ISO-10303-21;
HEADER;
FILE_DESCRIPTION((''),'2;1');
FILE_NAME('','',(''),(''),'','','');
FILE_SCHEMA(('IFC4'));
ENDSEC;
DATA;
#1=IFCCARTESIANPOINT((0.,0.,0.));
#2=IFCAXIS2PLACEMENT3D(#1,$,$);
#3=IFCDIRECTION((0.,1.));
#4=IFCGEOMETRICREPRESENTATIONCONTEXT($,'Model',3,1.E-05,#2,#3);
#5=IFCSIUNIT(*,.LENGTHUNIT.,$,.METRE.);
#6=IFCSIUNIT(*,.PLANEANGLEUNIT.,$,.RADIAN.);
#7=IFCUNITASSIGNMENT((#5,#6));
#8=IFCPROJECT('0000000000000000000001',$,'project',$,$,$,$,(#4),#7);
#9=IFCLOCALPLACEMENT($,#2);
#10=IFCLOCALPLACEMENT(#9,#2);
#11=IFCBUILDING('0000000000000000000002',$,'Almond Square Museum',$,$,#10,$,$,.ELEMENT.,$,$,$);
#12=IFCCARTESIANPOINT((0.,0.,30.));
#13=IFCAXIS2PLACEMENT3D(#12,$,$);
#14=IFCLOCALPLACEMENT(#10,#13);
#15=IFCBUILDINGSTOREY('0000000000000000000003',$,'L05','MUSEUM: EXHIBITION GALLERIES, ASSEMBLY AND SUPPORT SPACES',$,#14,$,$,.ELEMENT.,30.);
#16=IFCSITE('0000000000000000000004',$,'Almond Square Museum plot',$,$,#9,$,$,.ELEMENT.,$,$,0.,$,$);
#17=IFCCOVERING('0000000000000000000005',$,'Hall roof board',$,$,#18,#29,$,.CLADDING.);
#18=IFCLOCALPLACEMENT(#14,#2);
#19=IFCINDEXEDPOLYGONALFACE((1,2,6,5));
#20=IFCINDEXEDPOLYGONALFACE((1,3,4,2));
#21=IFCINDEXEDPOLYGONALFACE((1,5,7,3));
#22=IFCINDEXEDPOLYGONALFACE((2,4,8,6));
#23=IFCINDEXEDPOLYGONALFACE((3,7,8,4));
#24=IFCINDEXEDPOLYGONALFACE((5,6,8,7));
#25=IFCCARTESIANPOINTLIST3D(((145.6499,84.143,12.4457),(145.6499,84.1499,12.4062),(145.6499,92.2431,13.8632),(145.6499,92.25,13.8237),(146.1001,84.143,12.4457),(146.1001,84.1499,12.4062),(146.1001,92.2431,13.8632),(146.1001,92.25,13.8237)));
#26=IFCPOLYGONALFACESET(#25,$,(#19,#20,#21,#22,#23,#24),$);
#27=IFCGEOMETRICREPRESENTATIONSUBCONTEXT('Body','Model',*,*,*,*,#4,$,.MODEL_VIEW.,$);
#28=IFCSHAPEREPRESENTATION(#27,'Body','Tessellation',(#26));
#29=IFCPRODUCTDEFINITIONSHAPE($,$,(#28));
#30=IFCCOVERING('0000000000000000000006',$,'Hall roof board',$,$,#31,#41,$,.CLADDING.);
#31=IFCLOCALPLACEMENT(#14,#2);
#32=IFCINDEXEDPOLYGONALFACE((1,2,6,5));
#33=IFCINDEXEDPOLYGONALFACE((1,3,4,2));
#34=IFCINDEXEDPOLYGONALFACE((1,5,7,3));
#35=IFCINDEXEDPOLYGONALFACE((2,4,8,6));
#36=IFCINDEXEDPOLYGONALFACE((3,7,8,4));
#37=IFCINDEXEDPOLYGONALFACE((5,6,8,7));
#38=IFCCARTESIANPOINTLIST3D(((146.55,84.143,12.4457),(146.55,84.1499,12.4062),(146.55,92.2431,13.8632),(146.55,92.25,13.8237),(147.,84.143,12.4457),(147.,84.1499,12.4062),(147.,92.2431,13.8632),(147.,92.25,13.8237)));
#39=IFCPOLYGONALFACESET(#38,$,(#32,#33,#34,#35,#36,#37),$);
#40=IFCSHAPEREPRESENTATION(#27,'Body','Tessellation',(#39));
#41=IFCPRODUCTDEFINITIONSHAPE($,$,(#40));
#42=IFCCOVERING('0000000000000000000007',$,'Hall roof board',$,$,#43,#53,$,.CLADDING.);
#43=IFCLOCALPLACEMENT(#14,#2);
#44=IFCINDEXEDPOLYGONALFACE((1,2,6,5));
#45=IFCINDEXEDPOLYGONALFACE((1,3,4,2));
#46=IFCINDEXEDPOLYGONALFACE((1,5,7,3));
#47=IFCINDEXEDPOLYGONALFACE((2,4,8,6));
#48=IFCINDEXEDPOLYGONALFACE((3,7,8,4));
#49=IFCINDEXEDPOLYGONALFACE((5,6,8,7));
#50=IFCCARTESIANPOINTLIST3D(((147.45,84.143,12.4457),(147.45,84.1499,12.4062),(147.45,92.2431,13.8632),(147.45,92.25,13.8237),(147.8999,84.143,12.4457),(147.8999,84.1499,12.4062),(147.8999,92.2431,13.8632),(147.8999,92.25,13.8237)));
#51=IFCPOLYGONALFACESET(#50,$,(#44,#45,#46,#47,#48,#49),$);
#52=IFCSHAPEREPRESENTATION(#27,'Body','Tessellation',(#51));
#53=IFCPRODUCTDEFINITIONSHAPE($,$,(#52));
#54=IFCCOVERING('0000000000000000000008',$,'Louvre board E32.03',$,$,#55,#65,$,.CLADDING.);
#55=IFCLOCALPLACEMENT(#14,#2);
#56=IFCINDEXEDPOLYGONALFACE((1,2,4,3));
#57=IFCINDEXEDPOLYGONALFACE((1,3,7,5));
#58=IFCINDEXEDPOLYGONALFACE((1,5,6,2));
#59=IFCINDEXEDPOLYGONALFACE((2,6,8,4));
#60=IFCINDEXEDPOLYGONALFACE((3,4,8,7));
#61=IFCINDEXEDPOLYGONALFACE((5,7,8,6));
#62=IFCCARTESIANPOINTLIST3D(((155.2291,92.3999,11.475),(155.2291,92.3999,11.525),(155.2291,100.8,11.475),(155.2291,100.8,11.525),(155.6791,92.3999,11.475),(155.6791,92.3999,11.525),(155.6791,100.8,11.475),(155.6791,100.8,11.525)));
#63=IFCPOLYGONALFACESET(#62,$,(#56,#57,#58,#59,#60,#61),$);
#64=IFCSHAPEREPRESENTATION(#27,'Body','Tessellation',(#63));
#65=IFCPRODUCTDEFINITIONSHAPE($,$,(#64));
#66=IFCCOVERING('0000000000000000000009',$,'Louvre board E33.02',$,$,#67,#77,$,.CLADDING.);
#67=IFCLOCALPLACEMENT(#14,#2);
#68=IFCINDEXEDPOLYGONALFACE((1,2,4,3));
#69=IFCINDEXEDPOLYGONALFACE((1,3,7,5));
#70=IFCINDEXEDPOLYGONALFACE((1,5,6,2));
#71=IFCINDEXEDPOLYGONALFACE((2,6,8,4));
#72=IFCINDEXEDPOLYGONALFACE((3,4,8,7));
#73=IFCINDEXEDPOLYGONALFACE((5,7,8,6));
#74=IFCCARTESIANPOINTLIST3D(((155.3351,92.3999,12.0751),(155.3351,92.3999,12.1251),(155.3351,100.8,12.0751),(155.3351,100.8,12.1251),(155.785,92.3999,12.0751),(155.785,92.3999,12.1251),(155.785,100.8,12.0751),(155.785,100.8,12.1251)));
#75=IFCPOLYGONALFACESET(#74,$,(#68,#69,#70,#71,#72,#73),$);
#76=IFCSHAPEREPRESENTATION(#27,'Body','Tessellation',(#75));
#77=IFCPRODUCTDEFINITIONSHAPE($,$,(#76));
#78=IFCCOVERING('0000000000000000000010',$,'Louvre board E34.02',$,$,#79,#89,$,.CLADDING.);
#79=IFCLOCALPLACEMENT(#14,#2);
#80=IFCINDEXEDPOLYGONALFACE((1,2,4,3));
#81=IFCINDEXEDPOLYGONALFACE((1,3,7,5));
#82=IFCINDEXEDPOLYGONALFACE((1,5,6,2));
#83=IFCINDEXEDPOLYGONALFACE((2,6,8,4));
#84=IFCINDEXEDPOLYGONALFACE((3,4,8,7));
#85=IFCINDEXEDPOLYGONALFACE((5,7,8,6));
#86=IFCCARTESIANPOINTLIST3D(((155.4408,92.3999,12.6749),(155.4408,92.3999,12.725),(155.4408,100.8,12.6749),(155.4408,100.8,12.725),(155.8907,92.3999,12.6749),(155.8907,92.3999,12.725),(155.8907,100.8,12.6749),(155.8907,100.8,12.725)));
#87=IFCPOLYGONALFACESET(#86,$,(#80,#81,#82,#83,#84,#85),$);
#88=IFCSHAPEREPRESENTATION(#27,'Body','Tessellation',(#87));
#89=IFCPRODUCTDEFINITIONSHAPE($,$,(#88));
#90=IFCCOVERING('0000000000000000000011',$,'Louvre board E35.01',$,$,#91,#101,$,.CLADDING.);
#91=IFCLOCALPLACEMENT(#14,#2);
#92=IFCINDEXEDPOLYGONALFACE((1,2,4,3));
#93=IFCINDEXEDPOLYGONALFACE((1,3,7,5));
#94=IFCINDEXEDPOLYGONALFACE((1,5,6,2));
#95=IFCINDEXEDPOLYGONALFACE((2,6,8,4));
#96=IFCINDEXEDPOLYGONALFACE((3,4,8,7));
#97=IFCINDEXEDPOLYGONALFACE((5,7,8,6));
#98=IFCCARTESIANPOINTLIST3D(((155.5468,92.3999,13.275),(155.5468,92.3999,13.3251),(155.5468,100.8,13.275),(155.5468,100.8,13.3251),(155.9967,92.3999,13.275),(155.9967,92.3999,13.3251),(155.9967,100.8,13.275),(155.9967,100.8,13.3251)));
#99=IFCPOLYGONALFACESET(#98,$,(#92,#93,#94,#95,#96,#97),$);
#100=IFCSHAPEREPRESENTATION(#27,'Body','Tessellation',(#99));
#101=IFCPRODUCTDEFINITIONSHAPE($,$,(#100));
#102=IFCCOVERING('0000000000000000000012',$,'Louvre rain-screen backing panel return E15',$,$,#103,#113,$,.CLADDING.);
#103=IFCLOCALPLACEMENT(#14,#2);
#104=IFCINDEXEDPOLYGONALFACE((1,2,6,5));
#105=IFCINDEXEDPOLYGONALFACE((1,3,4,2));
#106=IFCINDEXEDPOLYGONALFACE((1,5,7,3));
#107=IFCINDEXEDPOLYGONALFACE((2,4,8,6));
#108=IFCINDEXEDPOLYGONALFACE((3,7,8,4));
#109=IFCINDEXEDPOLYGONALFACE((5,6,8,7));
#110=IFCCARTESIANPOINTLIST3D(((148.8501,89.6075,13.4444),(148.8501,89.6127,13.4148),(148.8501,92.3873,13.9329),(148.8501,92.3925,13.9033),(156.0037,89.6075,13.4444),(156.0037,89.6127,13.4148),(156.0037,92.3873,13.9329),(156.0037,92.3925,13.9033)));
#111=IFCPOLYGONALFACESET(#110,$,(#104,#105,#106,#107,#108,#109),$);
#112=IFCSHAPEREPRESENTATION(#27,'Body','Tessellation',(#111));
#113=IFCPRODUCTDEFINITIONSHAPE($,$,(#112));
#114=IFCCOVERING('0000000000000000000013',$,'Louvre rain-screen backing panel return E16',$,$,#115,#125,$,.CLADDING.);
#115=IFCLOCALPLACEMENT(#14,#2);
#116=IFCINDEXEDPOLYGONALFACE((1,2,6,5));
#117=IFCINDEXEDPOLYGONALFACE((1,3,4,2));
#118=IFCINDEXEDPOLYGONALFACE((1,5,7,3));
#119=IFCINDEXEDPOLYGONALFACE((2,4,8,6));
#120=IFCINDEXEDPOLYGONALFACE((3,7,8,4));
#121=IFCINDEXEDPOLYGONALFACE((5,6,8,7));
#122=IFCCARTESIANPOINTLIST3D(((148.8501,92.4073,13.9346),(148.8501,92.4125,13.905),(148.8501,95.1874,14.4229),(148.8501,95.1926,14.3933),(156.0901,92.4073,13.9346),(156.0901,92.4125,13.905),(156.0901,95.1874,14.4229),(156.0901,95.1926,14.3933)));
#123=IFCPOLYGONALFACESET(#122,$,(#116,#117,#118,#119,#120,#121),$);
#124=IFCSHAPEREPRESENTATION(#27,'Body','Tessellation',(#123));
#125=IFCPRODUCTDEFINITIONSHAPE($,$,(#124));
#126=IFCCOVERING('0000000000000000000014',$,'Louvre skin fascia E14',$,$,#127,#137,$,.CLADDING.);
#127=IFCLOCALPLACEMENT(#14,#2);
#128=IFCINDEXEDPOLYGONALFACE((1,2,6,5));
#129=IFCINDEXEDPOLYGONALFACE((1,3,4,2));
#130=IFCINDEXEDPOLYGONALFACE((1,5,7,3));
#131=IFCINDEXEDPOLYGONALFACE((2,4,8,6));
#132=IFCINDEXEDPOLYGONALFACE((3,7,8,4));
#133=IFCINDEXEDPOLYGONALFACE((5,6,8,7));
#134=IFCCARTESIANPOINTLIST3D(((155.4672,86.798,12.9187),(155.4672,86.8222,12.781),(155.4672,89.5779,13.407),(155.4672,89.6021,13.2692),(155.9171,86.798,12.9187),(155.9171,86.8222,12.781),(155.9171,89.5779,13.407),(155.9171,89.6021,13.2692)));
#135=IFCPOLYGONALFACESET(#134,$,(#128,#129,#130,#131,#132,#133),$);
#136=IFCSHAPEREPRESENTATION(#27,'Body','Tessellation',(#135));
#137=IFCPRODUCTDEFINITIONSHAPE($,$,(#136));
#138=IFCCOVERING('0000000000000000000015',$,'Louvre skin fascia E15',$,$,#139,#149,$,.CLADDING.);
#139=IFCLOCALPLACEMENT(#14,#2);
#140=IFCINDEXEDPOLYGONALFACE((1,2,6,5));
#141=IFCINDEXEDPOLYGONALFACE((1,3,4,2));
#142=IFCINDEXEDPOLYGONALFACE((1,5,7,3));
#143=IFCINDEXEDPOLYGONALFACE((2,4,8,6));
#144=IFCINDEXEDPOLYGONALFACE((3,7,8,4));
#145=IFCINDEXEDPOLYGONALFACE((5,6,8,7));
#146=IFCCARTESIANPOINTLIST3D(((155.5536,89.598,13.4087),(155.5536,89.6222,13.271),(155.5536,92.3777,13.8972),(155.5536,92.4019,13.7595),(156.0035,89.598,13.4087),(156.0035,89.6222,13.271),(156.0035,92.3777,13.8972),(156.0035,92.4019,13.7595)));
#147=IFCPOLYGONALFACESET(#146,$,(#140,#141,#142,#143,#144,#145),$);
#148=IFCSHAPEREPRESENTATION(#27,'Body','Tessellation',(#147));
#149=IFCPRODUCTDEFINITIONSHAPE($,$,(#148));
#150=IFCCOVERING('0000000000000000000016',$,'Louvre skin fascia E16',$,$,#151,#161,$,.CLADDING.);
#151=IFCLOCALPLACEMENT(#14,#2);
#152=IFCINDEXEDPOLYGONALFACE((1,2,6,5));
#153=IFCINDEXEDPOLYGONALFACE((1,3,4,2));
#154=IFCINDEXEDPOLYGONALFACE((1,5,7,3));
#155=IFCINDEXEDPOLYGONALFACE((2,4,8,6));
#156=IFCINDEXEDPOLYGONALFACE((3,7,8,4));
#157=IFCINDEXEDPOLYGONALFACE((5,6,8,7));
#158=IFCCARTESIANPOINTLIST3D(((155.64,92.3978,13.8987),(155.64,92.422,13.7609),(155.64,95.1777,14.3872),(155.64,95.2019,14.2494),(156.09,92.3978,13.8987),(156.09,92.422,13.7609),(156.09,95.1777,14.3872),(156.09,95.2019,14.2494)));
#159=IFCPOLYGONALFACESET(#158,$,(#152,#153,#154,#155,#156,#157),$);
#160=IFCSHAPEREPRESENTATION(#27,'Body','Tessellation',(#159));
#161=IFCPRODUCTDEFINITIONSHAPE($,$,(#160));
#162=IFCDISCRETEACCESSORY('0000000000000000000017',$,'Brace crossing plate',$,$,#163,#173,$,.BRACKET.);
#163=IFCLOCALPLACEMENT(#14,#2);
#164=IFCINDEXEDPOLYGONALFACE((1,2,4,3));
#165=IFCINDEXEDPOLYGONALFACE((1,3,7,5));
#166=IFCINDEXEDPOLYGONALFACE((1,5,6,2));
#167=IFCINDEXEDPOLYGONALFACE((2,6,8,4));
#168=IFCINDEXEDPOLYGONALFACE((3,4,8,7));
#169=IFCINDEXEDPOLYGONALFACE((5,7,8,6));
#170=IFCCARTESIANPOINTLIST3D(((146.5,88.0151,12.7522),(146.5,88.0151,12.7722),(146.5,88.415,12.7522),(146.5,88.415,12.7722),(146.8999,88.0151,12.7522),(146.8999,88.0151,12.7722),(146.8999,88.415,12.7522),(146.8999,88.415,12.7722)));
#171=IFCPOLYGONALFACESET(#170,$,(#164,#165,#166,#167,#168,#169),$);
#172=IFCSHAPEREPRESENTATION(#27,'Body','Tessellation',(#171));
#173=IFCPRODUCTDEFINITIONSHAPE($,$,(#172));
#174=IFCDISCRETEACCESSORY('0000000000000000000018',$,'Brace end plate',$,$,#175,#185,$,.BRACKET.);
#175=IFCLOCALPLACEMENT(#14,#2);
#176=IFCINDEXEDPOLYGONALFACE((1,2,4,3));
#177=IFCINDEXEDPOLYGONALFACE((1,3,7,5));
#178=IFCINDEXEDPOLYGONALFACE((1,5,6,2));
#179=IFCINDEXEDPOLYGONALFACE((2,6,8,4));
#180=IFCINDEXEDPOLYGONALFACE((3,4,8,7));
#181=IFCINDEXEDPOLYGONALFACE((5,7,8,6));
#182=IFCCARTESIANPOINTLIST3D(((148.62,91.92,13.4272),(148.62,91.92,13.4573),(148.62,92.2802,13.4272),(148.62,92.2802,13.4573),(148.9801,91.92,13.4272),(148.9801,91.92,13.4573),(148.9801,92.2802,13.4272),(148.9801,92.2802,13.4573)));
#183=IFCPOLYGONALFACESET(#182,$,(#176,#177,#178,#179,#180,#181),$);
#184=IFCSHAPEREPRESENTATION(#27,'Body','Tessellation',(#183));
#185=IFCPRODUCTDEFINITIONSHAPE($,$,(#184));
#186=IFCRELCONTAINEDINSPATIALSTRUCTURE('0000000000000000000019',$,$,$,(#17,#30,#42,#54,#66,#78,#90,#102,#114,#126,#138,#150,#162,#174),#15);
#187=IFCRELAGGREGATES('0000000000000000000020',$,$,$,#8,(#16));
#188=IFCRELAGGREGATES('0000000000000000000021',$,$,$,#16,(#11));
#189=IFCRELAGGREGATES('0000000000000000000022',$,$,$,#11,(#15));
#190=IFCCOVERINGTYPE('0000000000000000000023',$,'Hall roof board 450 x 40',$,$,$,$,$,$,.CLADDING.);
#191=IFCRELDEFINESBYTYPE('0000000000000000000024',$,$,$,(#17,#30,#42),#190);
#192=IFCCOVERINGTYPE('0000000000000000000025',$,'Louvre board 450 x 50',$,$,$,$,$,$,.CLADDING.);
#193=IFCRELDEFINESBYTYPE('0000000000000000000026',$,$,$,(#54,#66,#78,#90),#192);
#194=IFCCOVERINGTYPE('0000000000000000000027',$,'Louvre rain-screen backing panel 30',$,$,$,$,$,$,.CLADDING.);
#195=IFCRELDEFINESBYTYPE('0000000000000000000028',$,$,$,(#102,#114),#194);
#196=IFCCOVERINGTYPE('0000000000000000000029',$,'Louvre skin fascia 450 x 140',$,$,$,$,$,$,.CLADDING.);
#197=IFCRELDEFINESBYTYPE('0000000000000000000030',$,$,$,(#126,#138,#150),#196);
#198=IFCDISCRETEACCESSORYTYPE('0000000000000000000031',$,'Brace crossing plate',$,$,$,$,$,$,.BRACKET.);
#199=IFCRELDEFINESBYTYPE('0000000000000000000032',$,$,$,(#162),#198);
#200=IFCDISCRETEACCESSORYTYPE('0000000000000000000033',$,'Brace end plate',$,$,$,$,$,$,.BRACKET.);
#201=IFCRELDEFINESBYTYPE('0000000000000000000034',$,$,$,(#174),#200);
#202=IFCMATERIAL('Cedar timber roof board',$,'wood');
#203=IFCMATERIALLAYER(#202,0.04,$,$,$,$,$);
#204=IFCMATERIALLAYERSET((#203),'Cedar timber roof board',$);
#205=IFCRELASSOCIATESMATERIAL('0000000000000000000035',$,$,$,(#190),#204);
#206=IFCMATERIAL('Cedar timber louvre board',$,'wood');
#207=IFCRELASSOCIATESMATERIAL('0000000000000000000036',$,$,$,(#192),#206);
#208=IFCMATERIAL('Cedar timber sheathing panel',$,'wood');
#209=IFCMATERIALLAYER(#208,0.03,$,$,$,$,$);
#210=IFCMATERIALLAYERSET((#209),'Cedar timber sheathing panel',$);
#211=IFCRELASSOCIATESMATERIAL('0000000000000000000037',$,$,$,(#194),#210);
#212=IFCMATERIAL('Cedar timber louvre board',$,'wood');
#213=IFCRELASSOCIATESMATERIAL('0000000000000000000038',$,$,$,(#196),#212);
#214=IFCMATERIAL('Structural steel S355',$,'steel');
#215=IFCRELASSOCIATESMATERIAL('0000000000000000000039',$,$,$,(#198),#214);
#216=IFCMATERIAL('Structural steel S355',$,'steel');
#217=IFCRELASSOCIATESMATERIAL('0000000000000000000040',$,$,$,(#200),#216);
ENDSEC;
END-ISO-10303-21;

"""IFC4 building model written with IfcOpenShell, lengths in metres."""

from ifc_helpers import new_model, si_unit, direction, frame, origin, origin_2d, place, context, subcontext, project, spatial, polyline, rectangle, outline, extrude, material, layer, layer_set, material_profile, profile_set, type_object, element, save


model = new_model("IFC4")

# Units and contexts
model_context = context("Model", 3, precision=1e-05, world=origin(), true_north=direction((0.0, 1.0)))
body_context = subcontext(model_context, "Body", "Model", "MODEL_VIEW")
ifc_project = project(units=[si_unit("LENGTHUNIT", "METRE"), si_unit("PLANEANGLEUNIT", "RADIAN")], contexts=[model_context])

# Site, building, storey
site_placement = place(None, origin())
site = spatial("IfcSite", under=ifc_project, at=site_placement, Name="Almond Square Museum plot", CompositionType="ELEMENT", RefElevation=0.0)
building_placement = place(site_placement, origin())
building = spatial("IfcBuilding", under=site, at=building_placement, Name="Almond Square Museum", CompositionType="ELEMENT")
storey_placement = place(building_placement, frame((0.0, 0.0, 30.0)))
storey = spatial("IfcBuildingStorey", under=building, at=storey_placement, Name="L05", Description="MUSEUM: EXHIBITION GALLERIES, ASSEMBLY AND SUPPORT SPACES", CompositionType="ELEMENT", Elevation=30.0)

# Coverings
ifc_material_1 = material(Name="Cedar timber roof board", Category="wood")
ifc_layer_1 = layer(ifc_material_1, 0.04)
ifc_layer_set_1 = layer_set([ifc_layer_1], Name="Cedar timber roof board")
covering_type_1 = type_object("IfcCoveringType", Name="Hall roof board 450 x 40", PredefinedType="CLADDING", material=ifc_layer_set_1)
covering_1_placement = place(storey_placement, frame((146.1001, 92.25, 13.8237), z_axis=(0.0, -0.172376, 0.985031), x_axis=(-1.0, 0.0, 0.0)))
element("IfcCovering", 1, at=covering_1_placement, inside=storey, type_object=covering_type_1, Name="Hall roof board", PredefinedType="CLADDING", context=body_context, shape_type="SweptSolid", body=[
    extrude(outline(polyline([(0.0, 0.0), (0.4502, 0.0), (0.4502, 8.2232), (0.0, 8.2232), (0.0, 0.0)])), origin(), (0.0, 0.0, 1.0), 0.04),
])
for number, where, z_axis, x_axis, name in (
    (2, (147.0, 92.25, 13.8237), (0.0, -0.172376, 0.985031), (-1.0, 0.0, 0.0), "Hall roof board"),
    (3, (147.8999, 92.25, 13.8237), (0.0, -0.172376, 0.985031), (-1.0, 0.0, 0.0), "Hall roof board"),
):
    element("IfcCovering", number, at=place(storey_placement, frame(where, z_axis=z_axis, x_axis=x_axis)), inside=storey, type_object=covering_type_1, Name=name, PredefinedType="CLADDING", context=body_context, shape_type="SweptSolid", body=[
        extrude(outline(polyline([(0.0, 0.0), (0.45, 0.0), (0.45, 8.2232), (0.0, 8.2232), (0.0, 0.0)])), origin(), (0.0, 0.0, 1.0), 0.04),
    ])
ifc_material_2 = material(Name="Cedar timber louvre board", Category="wood")
ifc_material_profile_1 = material_profile(ifc_material_2, rectangle(XDim=0.45, YDim=0.05, at=origin_2d()))
ifc_profile_set_1 = profile_set([ifc_material_profile_1], Name="Cedar timber louvre board")
covering_type_2 = type_object("IfcCoveringType", Name="Louvre board 450 x 50", PredefinedType="CLADDING", material=ifc_profile_set_1)
for number, where, z_axis, x_axis, name in (
    (4, (155.4541, 92.3999, 11.5), (0.0, 1.0, 0.0), (-1.0, 0.0, 0.0), "Louvre board E32.03"),
    (5, (155.5601, 92.3999, 12.1001), (0.0, 1.0, 0.0), (-1.0, 0.0, 0.0), "Louvre board E33.02"),
    (6, (155.6658, 92.3999, 12.7), (0.0, 1.0, 0.0), (-1.0, 0.0, 0.0), "Louvre board E34.02"),
    (7, (155.7717, 92.3999, 13.3), (0.0, 1.0, 0.0), (-1.0, 0.0, 0.0), "Louvre board E35.01"),
):
    element("IfcCovering", number, at=place(storey_placement, frame(where, z_axis=z_axis, x_axis=x_axis)), inside=storey, type_object=covering_type_2, Name=name, PredefinedType="CLADDING", context=body_context, shape_type="SweptSolid", body=[
        extrude(rectangle(XDim=0.45, YDim=0.05, at=origin_2d()), origin(), (0.0, 0.0, 1.0), 8.4001),
    ])
ifc_material_3 = material(Name="Cedar timber sheathing panel", Category="wood")
ifc_layer_2 = layer(ifc_material_3, 0.03)
ifc_layer_set_2 = layer_set([ifc_layer_2], Name="Cedar timber sheathing panel")
covering_type_3 = type_object("IfcCoveringType", Name="Louvre rain-screen backing panel 30", PredefinedType="CLADDING", material=ifc_layer_set_2)
covering_2_placement = place(storey_placement, frame((148.8501, 89.6101, 13.4297), z_axis=(0.0, -0.17309, 0.984906), x_axis=(1.0, 0.0, 0.0)))
element("IfcCovering", 8, at=covering_2_placement, inside=storey, type_object=covering_type_3, Name="Louvre rain-screen backing panel return E15", PredefinedType="CLADDING", context=body_context, shape_type="SweptSolid", body=[
    extrude(outline(polyline([(0.0, 0.0), (7.1536, 0.0), (7.1536, 2.8224), (0.0, 2.8224), (0.0, 0.0)])), frame((0.0, 0.0, -0.0151)), (0.0, 0.0, 1.0), 0.03),
])
covering_3_placement = place(storey_placement, frame((148.8501, 92.4099, 13.9199), z_axis=(0.0, -0.172991, 0.984923), x_axis=(1.0, 0.0, 0.0)))
element("IfcCovering", 9, at=covering_3_placement, inside=storey, type_object=covering_type_3, Name="Louvre rain-screen backing panel return E16", PredefinedType="CLADDING", context=body_context, shape_type="SweptSolid", body=[
    extrude(outline(polyline([(0.0, 0.0), (7.24, 0.0), (7.24, 2.8226), (0.0, 2.8226), (0.0, 0.0)])), frame((0.0, 0.0, -0.0151)), (0.0, 0.0, 1.0), 0.03),
])
ifc_material_4 = material(Name="Cedar timber louvre board", Category="wood")
ifc_material_profile_2 = material_profile(ifc_material_4, rectangle(XDim=0.45, YDim=0.1399, at=origin_2d()))
ifc_profile_set_2 = profile_set([ifc_material_profile_2], Name="Cedar timber louvre board")
covering_type_4 = type_object("IfcCoveringType", Name="Louvre skin fascia 450 x 140", PredefinedType="CLADDING", material=ifc_profile_set_2)
covering_4_placement = place(storey_placement, frame((155.6921, 86.8101, 12.8499), z_axis=(0.0, 0.984923, 0.172991), x_axis=(-1.0, 0.0, 0.0)))
element("IfcCovering", 10, at=covering_4_placement, inside=storey, type_object=covering_type_4, Name="Louvre skin fascia E14", PredefinedType="CLADDING", context=body_context, shape_type="SweptSolid", body=[
    extrude(rectangle(XDim=0.45, YDim=0.1399, at=origin_2d()), origin(), (0.0, 0.0, 1.0), 2.8225),
])
covering_5_placement = place(storey_placement, frame((155.7786, 89.6101, 13.3398), z_axis=(0.0, 0.984906, 0.17309), x_axis=(-1.0, 0.0, 0.0)))
element("IfcCovering", 11, at=covering_5_placement, inside=storey, type_object=covering_type_4, Name="Louvre skin fascia E15", PredefinedType="CLADDING", context=body_context, shape_type="SweptSolid", body=[
    extrude(rectangle(XDim=0.45, YDim=0.1399, at=origin_2d()), origin(), (0.0, 0.0, 1.0), 2.8223),
])
covering_6_placement = place(storey_placement, frame((155.865, 92.4099, 13.8298), z_axis=(0.0, 0.984909, 0.173075), x_axis=(-1.0, 0.0, 0.0)))
element("IfcCovering", 12, at=covering_6_placement, inside=storey, type_object=covering_type_4, Name="Louvre skin fascia E16", PredefinedType="CLADDING", context=body_context, shape_type="SweptSolid", body=[
    extrude(rectangle(XDim=0.45, YDim=0.1399, at=origin_2d()), origin(), (0.0, 0.0, 1.0), 2.8225),
])

# Discrete accessories
ifc_material_5 = material(Name="Structural steel S355", Category="steel")
discrete_accessory_type_1 = type_object("IfcDiscreteAccessoryType", Name="Brace crossing plate", PredefinedType="BRACKET", material=ifc_material_5)
discrete_accessory_1_placement = place(storey_placement, frame((146.7, 88.2151, 12.7522), z_axis=(0.0, 0.0, 1.0), x_axis=(1.0, 0.0, 0.0)))
element("IfcDiscreteAccessory", 13, at=discrete_accessory_1_placement, inside=storey, type_object=discrete_accessory_type_1, Name="Brace crossing plate", PredefinedType="BRACKET", context=body_context, shape_type="SweptSolid", body=[
    extrude(rectangle(XDim=0.3999, YDim=0.3999, at=origin_2d()), origin(), (0.0, 0.0, 1.0), 0.02),
])
ifc_material_6 = material(Name="Structural steel S355", Category="steel")
discrete_accessory_type_2 = type_object("IfcDiscreteAccessoryType", Name="Brace end plate", PredefinedType="BRACKET", material=ifc_material_6)
discrete_accessory_2_placement = place(storey_placement, frame((148.8, 92.1001, 13.4272), z_axis=(0.0, 0.0, 1.0), x_axis=(1.0, 0.0, 0.0)))
element("IfcDiscreteAccessory", 14, at=discrete_accessory_2_placement, inside=storey, type_object=discrete_accessory_type_2, Name="Brace end plate", PredefinedType="BRACKET", context=body_context, shape_type="SweptSolid", body=[
    extrude(rectangle(XDim=0.3601, YDim=0.3601, at=origin_2d()), origin(), (0.0, 0.0, 1.0), 0.03),
])

save(model, "model.ifc")
